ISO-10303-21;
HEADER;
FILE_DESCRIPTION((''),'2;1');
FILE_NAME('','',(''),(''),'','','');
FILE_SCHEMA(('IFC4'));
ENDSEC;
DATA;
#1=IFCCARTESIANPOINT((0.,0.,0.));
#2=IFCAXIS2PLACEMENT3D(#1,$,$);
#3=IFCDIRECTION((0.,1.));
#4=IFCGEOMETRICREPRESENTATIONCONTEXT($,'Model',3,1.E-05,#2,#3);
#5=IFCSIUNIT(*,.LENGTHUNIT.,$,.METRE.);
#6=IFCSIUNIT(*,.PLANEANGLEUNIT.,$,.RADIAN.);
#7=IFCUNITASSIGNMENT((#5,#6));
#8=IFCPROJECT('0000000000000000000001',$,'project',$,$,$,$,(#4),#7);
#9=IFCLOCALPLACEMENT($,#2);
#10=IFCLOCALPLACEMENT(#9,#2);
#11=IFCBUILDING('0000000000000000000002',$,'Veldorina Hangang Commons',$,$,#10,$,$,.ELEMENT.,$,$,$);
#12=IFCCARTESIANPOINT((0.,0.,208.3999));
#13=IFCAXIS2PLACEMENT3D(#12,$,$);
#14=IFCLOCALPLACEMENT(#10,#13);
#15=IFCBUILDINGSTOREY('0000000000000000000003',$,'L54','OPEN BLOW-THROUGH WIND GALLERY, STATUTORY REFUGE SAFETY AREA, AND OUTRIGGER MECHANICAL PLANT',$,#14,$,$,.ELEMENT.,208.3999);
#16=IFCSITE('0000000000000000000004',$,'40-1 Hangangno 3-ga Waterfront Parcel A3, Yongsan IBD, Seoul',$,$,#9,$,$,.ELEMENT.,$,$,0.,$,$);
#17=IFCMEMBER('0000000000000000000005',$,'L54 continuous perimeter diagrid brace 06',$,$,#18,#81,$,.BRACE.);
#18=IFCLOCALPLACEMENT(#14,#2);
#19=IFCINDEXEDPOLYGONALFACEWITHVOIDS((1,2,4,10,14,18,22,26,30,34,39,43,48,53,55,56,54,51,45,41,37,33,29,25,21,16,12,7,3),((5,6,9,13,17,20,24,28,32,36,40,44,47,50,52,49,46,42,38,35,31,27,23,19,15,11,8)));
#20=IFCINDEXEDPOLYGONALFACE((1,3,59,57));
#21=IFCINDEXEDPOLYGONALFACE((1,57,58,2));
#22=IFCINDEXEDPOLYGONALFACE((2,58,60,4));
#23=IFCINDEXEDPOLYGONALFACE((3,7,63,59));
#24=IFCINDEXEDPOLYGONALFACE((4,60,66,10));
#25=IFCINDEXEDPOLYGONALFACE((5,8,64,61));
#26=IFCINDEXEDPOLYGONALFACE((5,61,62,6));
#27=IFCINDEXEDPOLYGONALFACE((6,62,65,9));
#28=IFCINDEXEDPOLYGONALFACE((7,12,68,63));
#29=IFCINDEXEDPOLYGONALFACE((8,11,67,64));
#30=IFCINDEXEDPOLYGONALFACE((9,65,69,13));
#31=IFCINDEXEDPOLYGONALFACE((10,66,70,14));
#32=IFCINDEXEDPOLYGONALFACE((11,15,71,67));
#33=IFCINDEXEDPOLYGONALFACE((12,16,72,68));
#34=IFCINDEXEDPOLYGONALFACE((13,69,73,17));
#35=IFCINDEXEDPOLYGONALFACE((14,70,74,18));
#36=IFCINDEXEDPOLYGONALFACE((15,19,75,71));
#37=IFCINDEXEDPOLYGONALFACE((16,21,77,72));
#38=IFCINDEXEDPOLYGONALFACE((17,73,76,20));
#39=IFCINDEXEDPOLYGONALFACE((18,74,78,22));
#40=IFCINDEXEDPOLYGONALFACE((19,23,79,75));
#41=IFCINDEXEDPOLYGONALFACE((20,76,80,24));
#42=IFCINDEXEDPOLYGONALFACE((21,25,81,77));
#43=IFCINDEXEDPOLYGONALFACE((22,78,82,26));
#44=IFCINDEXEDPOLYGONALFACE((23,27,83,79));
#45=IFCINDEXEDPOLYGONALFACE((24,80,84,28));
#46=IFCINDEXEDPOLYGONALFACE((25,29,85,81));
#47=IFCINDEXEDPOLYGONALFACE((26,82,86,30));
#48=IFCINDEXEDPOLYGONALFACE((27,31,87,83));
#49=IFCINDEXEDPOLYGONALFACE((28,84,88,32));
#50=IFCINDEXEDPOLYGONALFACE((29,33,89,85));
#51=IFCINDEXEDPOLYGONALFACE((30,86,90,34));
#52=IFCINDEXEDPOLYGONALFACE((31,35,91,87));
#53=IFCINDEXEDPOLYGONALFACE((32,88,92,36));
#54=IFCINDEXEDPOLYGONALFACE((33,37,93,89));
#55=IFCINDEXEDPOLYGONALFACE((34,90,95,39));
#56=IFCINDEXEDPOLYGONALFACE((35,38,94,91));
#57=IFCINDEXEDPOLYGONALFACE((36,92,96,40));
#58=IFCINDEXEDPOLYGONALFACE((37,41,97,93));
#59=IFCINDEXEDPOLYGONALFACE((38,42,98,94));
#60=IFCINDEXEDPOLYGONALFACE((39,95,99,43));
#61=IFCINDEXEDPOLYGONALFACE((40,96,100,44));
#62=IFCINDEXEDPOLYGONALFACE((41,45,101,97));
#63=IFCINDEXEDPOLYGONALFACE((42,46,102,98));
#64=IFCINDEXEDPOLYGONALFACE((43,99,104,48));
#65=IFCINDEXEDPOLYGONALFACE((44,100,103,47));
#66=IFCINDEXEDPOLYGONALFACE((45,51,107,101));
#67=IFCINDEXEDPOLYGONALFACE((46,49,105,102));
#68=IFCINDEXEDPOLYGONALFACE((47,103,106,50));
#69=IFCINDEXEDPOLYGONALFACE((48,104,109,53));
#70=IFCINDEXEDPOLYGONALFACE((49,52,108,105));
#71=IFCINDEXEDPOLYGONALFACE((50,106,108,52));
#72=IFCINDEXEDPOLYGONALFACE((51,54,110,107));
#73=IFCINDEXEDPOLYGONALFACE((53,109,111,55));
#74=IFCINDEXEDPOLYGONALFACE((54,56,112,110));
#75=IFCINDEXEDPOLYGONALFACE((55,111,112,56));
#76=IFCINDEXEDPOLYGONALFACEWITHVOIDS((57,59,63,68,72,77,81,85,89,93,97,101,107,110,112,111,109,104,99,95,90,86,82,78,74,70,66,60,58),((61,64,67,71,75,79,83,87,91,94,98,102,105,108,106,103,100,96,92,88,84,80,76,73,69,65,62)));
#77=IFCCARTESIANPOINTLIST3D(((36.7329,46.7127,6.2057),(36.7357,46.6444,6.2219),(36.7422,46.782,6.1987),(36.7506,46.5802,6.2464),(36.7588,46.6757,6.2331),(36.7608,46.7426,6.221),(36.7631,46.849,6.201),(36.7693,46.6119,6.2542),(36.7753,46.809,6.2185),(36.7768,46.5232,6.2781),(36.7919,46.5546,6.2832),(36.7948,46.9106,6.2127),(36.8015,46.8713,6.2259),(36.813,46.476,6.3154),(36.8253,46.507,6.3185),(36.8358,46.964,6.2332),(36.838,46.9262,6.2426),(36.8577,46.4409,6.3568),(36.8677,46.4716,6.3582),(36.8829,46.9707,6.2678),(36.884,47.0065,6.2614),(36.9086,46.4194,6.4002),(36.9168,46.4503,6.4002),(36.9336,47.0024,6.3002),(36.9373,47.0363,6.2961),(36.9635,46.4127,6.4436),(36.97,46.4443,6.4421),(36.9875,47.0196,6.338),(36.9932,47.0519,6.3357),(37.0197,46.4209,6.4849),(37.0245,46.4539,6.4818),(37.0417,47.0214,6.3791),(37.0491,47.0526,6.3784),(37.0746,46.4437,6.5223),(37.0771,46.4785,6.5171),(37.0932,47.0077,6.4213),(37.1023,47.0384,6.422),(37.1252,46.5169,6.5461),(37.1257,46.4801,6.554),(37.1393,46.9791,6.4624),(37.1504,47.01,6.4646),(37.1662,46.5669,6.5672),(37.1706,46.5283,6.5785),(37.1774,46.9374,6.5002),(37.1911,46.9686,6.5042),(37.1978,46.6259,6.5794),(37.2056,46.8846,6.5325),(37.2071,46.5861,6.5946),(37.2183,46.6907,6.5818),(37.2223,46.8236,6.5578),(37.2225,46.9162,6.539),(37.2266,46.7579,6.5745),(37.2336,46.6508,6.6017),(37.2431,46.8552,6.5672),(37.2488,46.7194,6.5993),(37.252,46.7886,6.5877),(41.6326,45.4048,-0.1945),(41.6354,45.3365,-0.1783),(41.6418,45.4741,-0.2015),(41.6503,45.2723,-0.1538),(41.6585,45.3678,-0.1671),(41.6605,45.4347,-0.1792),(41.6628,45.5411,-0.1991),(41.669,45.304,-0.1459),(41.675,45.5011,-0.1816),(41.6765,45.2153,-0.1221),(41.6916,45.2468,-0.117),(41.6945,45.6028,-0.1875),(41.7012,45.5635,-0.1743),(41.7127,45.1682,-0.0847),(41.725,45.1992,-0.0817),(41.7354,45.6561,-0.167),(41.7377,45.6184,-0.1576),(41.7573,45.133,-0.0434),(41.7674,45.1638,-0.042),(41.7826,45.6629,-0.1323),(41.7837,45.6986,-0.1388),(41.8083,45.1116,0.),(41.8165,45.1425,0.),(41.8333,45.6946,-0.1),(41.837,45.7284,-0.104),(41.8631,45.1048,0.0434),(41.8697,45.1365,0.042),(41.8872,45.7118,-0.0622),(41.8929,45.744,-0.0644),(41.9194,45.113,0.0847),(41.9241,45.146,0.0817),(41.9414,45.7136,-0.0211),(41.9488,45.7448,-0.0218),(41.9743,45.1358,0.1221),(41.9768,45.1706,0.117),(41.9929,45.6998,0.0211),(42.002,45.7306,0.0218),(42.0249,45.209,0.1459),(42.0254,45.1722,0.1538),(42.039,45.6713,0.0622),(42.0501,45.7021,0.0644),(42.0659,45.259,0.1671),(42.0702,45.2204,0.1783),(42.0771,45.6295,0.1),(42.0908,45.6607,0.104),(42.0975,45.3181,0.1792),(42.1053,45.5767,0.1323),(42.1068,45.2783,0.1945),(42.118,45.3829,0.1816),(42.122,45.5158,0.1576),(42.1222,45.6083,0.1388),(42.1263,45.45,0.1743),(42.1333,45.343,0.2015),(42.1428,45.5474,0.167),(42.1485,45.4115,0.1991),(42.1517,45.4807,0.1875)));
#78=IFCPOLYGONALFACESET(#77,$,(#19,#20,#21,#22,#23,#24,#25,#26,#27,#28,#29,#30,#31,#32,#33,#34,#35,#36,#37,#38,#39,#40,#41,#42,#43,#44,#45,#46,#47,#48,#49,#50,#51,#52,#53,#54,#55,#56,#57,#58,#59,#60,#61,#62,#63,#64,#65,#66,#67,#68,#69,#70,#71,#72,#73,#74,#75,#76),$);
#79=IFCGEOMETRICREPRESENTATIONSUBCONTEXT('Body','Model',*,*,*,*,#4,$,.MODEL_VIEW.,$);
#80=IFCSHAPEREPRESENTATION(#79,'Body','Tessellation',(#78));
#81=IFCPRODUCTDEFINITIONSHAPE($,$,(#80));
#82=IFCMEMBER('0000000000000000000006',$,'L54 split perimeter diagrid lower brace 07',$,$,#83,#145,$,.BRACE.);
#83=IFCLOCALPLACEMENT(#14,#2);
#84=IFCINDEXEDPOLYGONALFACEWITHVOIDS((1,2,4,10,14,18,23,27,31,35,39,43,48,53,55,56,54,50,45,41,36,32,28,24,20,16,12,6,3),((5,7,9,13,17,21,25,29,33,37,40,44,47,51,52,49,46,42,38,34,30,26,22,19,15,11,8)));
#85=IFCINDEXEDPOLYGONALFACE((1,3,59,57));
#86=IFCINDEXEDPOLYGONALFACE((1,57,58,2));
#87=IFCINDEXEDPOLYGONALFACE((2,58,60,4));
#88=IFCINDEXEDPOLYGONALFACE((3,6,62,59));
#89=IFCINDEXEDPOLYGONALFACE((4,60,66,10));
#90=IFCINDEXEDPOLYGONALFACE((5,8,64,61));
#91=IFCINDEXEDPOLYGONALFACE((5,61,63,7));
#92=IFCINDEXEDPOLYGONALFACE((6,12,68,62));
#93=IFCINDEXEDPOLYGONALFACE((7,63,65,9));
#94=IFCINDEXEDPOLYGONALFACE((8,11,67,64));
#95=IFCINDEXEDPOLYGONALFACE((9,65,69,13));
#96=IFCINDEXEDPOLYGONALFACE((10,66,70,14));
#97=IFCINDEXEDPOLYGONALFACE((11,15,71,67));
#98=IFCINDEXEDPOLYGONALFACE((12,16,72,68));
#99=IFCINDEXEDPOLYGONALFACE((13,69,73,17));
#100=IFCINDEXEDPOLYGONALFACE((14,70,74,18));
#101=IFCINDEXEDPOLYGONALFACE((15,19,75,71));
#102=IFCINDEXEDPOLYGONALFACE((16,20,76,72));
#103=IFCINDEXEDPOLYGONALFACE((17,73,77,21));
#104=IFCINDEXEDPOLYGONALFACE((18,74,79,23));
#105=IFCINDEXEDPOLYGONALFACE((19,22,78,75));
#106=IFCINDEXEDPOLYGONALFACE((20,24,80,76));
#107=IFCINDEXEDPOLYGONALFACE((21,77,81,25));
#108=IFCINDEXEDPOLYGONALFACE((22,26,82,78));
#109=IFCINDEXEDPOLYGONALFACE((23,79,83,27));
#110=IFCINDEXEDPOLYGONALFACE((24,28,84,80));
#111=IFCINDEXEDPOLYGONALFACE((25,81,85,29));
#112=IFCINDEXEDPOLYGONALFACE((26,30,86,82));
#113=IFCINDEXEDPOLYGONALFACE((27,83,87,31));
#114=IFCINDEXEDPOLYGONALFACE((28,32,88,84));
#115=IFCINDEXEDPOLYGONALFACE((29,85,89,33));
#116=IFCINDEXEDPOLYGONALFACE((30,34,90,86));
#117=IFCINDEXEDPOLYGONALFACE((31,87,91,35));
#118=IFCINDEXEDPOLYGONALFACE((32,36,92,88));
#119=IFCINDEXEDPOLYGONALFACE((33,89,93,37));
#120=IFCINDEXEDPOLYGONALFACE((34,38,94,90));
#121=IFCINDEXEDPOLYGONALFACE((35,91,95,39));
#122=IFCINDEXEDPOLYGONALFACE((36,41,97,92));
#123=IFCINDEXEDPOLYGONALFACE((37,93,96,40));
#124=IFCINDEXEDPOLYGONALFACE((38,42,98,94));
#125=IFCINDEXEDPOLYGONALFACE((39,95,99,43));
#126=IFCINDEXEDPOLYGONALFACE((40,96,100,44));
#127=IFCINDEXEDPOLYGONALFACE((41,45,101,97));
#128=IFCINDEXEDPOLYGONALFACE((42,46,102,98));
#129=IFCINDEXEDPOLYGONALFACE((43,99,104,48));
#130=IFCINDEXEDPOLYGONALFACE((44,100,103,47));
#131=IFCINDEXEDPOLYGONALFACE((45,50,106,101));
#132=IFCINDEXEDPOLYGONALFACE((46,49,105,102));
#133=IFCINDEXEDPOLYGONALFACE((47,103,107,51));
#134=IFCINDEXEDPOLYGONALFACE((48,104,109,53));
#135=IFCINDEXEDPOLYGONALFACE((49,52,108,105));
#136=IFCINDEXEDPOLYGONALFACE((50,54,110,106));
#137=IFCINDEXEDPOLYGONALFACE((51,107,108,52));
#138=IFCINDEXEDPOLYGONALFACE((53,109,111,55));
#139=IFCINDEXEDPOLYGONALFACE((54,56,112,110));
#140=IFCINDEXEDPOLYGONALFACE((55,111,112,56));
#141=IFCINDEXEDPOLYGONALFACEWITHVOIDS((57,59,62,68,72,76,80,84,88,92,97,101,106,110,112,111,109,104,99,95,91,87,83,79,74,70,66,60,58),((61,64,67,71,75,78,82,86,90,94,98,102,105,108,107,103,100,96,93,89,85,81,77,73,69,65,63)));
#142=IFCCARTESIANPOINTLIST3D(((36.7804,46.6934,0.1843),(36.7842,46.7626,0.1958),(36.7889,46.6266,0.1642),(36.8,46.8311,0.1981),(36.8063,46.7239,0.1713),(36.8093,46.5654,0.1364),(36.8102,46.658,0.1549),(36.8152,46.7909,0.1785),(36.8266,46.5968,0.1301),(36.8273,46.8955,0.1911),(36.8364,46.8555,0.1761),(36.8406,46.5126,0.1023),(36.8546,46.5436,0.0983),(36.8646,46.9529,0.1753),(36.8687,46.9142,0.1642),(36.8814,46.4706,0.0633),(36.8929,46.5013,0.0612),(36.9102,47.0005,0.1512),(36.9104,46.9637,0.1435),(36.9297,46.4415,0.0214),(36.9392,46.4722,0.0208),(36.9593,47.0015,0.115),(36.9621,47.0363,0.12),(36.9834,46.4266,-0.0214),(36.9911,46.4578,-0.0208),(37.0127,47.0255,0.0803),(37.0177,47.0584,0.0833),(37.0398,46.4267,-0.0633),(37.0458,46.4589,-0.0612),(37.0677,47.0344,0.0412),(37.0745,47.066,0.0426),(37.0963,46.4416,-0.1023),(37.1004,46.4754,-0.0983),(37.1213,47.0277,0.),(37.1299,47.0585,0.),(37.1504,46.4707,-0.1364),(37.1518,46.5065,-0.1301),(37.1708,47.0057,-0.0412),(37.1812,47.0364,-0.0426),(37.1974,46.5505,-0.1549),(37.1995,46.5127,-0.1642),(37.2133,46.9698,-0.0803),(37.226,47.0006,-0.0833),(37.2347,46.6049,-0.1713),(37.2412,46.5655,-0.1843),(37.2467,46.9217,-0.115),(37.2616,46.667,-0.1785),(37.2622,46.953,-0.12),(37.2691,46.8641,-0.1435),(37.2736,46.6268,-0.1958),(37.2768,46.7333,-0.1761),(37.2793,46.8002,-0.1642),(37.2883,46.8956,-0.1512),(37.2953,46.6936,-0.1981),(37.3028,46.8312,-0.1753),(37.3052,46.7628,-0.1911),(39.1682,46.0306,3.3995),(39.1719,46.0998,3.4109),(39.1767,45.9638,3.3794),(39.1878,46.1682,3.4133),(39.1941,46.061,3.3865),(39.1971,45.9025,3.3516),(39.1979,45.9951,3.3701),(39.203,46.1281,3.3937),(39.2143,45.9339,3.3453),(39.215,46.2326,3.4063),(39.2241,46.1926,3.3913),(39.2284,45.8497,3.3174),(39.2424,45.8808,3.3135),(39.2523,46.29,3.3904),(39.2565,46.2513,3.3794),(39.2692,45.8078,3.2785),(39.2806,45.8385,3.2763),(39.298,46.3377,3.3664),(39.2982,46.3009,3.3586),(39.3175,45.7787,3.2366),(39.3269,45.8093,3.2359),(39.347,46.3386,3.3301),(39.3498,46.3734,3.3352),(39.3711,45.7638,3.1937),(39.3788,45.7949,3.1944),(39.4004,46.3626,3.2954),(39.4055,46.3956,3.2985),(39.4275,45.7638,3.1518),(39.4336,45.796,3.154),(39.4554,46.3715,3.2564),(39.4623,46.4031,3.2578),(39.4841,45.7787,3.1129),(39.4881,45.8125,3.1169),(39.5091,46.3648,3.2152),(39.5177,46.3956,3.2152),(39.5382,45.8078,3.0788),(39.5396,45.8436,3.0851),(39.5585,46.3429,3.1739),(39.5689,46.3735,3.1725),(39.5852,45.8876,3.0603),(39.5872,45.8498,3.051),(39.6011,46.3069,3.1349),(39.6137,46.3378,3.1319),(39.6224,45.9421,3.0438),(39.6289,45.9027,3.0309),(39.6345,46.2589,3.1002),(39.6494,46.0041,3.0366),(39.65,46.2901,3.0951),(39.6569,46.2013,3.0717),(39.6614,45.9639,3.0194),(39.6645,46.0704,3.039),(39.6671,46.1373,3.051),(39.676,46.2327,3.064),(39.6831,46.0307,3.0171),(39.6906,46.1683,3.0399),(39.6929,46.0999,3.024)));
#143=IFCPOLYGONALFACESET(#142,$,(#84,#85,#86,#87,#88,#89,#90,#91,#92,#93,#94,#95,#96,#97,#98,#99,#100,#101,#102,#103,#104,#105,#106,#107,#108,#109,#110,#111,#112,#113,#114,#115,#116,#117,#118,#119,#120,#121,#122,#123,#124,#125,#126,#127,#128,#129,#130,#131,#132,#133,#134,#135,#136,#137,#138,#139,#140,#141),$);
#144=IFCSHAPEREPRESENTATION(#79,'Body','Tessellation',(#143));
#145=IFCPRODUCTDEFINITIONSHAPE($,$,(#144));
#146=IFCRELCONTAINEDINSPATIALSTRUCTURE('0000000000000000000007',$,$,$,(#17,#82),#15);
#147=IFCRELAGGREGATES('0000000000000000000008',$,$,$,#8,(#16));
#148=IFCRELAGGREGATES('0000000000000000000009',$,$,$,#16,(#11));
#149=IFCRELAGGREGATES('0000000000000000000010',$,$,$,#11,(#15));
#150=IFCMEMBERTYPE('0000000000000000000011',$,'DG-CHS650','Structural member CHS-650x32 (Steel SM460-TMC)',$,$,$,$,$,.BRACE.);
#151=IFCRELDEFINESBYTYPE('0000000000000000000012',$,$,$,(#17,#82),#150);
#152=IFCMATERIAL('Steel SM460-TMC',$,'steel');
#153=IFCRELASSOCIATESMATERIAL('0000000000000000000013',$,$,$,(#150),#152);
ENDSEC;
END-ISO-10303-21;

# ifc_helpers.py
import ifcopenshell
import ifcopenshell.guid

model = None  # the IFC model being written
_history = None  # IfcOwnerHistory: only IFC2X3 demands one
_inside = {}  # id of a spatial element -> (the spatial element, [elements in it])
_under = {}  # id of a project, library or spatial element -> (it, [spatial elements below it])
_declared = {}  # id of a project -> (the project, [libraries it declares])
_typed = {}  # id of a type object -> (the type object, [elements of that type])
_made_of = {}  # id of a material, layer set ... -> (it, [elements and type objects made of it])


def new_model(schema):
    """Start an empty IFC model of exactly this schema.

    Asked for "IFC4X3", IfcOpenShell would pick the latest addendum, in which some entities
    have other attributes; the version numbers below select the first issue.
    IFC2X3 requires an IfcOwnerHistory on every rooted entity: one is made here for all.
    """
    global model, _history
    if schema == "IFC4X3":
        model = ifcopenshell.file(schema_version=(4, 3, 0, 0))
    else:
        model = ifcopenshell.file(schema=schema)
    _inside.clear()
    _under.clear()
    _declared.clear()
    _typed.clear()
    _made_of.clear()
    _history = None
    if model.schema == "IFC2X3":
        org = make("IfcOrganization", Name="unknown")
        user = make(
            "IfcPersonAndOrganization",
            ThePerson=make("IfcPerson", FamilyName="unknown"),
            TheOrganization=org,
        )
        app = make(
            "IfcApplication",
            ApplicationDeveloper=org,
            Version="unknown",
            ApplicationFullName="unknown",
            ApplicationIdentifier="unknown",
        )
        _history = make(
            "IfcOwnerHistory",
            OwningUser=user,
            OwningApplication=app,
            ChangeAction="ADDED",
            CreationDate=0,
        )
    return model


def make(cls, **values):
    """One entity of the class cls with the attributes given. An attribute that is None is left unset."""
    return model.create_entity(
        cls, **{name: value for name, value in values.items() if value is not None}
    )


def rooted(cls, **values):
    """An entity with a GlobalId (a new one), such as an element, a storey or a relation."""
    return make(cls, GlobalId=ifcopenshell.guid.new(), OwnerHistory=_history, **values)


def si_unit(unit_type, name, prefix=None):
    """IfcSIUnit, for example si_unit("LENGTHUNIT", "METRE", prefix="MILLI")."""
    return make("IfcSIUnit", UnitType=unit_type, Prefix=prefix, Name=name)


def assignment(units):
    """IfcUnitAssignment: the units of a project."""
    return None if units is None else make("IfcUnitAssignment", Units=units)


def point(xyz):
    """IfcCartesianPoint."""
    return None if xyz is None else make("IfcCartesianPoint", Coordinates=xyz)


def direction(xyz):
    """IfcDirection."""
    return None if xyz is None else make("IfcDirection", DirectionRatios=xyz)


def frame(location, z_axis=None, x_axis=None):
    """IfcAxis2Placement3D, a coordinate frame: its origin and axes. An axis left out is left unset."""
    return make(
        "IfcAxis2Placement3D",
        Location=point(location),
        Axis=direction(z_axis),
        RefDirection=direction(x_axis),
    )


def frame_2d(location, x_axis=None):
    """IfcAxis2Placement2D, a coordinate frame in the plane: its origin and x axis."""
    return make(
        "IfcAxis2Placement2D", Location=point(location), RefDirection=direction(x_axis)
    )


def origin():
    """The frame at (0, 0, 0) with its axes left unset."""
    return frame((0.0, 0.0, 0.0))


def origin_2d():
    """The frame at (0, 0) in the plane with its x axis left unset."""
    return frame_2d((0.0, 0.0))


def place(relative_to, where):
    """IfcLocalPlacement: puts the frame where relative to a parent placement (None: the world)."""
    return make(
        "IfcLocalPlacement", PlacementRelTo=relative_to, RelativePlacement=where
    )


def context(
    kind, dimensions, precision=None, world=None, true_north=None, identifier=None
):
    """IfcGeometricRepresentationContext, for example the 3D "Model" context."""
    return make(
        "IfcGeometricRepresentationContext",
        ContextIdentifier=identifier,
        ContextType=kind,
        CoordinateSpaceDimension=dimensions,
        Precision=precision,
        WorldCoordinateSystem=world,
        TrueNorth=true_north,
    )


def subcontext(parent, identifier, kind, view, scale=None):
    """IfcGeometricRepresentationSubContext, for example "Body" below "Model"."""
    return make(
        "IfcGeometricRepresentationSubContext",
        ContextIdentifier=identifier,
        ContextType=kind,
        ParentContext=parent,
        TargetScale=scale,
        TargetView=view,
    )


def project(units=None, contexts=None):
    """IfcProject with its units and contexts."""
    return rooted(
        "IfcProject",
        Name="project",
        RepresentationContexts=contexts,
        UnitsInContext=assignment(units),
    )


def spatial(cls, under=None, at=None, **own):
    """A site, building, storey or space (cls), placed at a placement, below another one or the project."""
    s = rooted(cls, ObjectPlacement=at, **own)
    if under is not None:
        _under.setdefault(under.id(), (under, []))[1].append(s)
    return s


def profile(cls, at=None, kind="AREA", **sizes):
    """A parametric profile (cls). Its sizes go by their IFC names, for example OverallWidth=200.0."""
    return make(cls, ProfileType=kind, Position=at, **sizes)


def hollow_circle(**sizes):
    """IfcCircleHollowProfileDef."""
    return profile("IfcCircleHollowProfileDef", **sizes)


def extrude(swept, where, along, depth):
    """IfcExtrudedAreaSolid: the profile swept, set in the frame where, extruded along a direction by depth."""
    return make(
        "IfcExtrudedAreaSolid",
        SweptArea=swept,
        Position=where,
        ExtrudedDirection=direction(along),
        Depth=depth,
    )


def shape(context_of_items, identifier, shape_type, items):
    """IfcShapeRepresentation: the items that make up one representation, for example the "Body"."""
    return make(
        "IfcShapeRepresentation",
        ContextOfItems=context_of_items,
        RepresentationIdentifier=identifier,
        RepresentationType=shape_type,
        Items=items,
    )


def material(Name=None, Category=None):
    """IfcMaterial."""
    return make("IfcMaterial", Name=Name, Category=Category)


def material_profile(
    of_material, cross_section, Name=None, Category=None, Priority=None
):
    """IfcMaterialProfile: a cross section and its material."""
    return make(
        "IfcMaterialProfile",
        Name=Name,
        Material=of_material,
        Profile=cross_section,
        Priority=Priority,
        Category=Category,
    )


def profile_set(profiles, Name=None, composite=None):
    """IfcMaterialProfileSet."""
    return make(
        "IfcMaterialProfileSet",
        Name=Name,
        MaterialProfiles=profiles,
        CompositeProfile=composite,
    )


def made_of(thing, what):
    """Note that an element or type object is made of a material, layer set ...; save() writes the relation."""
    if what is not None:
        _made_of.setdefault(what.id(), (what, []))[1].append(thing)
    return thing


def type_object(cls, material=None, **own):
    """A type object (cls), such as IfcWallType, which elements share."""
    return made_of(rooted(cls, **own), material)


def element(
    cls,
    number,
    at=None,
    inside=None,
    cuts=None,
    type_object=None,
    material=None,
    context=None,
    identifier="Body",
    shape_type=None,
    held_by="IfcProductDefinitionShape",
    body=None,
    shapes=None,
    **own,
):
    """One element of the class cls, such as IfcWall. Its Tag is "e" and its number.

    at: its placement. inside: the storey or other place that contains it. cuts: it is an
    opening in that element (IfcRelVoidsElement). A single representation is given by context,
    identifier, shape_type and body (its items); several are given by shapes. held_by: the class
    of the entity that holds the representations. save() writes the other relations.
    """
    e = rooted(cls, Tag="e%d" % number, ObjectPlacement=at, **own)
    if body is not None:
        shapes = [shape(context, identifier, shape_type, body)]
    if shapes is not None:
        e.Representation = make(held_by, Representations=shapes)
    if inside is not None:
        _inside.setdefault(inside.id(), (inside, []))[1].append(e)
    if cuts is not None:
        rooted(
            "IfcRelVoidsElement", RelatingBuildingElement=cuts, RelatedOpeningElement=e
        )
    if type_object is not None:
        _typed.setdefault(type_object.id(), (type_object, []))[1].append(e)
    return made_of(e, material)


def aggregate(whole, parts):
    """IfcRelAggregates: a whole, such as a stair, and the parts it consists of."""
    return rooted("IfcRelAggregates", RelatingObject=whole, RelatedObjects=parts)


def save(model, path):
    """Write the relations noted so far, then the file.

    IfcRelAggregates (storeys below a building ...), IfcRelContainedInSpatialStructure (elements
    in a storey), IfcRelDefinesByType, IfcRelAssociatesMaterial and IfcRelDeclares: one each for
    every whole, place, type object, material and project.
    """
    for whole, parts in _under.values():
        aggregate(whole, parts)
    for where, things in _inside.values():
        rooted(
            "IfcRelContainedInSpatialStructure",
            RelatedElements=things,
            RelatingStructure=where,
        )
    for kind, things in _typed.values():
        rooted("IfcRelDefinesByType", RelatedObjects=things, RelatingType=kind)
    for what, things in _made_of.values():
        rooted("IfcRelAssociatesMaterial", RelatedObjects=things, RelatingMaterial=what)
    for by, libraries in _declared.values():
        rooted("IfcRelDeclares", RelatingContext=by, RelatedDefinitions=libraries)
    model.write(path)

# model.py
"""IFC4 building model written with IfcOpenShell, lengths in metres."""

from ifc_helpers import new_model, si_unit, direction, frame, origin, origin_2d, place, context, subcontext, project, spatial, hollow_circle, extrude, material, material_profile, profile_set, type_object, element, save


model = new_model("IFC4")

# Units and contexts
model_context = context("Model", 3, precision=1e-05, world=origin(), true_north=direction((0.0, 1.0)))
body_context = subcontext(model_context, "Body", "Model", "MODEL_VIEW")
ifc_project = project(units=[si_unit("LENGTHUNIT", "METRE"), si_unit("PLANEANGLEUNIT", "RADIAN")], contexts=[model_context])

# Site, building, storey
site_placement = place(None, origin())
site = spatial("IfcSite", under=ifc_project, at=site_placement, Name="40-1 Hangangno 3-ga Waterfront Parcel A3, Yongsan IBD, Seoul", CompositionType="ELEMENT", RefElevation=0.0)
building_placement = place(site_placement, origin())
building = spatial("IfcBuilding", under=site, at=building_placement, Name="Veldorina Hangang Commons", CompositionType="ELEMENT")
storey_placement = place(building_placement, frame((0.0, 0.0, 208.3999)))
storey = spatial("IfcBuildingStorey", under=building, at=storey_placement, Name="L54", Description="OPEN BLOW-THROUGH WIND GALLERY, STATUTORY REFUGE SAFETY AREA, AND OUTRIGGER MECHANICAL PLANT", CompositionType="ELEMENT", Elevation=208.3999)

# Shared definitions
ifc_material_1 = material(Name="Steel SM460-TMC", Category="steel")

# Members
ifc_material_profile_1 = material_profile(ifc_material_1, hollow_circle(Radius=0.325, WallThickness=0.032, at=origin_2d()), Name="CHS-650x32")
ifc_profile_set_1 = profile_set([ifc_material_profile_1], Name="Steel SM460-TMC")
member_type_1 = type_object("IfcMemberType", Name="DG-CHS650", Description="Structural member CHS-650x32 (Steel SM460-TMC)", PredefinedType="BRACE", material=ifc_profile_set_1)
member_1_placement = place(storey_placement, frame((41.8921, 45.4255, 0.0), z_axis=(-0.600028, 0.160165, 0.783782), x_axis=(-0.257899, -0.966172, 0.0)))
element("IfcMember", 1, at=member_1_placement, inside=storey, type_object=member_type_1, Name="L54 continuous perimeter diagrid brace 06", PredefinedType="BRACE", context=body_context, shape_type="SweptSolid", body=[
    extrude(hollow_circle(Radius=0.325, WallThickness=0.032, at=origin_2d()), origin(), (0.0, 0.0, 1.0), 8.1658),
])
member_2_placement = place(storey_placement, frame((37.043, 46.7454, 0.0), z_axis=(0.588216, -0.163293, 0.792046), x_axis=(0.267491, 0.96356, 0.0)))
element("IfcMember", 2, at=member_2_placement, inside=storey, type_object=member_type_1, Name="L54 split perimeter diagrid lower brace 07", PredefinedType="BRACE", context=body_context, shape_type="SweptSolid", body=[
    extrude(hollow_circle(Radius=0.325, WallThickness=0.032, at=origin_2d()), origin(), (0.0, 0.0, 1.0), 4.0593),
])

save(model, "model.ifc")
